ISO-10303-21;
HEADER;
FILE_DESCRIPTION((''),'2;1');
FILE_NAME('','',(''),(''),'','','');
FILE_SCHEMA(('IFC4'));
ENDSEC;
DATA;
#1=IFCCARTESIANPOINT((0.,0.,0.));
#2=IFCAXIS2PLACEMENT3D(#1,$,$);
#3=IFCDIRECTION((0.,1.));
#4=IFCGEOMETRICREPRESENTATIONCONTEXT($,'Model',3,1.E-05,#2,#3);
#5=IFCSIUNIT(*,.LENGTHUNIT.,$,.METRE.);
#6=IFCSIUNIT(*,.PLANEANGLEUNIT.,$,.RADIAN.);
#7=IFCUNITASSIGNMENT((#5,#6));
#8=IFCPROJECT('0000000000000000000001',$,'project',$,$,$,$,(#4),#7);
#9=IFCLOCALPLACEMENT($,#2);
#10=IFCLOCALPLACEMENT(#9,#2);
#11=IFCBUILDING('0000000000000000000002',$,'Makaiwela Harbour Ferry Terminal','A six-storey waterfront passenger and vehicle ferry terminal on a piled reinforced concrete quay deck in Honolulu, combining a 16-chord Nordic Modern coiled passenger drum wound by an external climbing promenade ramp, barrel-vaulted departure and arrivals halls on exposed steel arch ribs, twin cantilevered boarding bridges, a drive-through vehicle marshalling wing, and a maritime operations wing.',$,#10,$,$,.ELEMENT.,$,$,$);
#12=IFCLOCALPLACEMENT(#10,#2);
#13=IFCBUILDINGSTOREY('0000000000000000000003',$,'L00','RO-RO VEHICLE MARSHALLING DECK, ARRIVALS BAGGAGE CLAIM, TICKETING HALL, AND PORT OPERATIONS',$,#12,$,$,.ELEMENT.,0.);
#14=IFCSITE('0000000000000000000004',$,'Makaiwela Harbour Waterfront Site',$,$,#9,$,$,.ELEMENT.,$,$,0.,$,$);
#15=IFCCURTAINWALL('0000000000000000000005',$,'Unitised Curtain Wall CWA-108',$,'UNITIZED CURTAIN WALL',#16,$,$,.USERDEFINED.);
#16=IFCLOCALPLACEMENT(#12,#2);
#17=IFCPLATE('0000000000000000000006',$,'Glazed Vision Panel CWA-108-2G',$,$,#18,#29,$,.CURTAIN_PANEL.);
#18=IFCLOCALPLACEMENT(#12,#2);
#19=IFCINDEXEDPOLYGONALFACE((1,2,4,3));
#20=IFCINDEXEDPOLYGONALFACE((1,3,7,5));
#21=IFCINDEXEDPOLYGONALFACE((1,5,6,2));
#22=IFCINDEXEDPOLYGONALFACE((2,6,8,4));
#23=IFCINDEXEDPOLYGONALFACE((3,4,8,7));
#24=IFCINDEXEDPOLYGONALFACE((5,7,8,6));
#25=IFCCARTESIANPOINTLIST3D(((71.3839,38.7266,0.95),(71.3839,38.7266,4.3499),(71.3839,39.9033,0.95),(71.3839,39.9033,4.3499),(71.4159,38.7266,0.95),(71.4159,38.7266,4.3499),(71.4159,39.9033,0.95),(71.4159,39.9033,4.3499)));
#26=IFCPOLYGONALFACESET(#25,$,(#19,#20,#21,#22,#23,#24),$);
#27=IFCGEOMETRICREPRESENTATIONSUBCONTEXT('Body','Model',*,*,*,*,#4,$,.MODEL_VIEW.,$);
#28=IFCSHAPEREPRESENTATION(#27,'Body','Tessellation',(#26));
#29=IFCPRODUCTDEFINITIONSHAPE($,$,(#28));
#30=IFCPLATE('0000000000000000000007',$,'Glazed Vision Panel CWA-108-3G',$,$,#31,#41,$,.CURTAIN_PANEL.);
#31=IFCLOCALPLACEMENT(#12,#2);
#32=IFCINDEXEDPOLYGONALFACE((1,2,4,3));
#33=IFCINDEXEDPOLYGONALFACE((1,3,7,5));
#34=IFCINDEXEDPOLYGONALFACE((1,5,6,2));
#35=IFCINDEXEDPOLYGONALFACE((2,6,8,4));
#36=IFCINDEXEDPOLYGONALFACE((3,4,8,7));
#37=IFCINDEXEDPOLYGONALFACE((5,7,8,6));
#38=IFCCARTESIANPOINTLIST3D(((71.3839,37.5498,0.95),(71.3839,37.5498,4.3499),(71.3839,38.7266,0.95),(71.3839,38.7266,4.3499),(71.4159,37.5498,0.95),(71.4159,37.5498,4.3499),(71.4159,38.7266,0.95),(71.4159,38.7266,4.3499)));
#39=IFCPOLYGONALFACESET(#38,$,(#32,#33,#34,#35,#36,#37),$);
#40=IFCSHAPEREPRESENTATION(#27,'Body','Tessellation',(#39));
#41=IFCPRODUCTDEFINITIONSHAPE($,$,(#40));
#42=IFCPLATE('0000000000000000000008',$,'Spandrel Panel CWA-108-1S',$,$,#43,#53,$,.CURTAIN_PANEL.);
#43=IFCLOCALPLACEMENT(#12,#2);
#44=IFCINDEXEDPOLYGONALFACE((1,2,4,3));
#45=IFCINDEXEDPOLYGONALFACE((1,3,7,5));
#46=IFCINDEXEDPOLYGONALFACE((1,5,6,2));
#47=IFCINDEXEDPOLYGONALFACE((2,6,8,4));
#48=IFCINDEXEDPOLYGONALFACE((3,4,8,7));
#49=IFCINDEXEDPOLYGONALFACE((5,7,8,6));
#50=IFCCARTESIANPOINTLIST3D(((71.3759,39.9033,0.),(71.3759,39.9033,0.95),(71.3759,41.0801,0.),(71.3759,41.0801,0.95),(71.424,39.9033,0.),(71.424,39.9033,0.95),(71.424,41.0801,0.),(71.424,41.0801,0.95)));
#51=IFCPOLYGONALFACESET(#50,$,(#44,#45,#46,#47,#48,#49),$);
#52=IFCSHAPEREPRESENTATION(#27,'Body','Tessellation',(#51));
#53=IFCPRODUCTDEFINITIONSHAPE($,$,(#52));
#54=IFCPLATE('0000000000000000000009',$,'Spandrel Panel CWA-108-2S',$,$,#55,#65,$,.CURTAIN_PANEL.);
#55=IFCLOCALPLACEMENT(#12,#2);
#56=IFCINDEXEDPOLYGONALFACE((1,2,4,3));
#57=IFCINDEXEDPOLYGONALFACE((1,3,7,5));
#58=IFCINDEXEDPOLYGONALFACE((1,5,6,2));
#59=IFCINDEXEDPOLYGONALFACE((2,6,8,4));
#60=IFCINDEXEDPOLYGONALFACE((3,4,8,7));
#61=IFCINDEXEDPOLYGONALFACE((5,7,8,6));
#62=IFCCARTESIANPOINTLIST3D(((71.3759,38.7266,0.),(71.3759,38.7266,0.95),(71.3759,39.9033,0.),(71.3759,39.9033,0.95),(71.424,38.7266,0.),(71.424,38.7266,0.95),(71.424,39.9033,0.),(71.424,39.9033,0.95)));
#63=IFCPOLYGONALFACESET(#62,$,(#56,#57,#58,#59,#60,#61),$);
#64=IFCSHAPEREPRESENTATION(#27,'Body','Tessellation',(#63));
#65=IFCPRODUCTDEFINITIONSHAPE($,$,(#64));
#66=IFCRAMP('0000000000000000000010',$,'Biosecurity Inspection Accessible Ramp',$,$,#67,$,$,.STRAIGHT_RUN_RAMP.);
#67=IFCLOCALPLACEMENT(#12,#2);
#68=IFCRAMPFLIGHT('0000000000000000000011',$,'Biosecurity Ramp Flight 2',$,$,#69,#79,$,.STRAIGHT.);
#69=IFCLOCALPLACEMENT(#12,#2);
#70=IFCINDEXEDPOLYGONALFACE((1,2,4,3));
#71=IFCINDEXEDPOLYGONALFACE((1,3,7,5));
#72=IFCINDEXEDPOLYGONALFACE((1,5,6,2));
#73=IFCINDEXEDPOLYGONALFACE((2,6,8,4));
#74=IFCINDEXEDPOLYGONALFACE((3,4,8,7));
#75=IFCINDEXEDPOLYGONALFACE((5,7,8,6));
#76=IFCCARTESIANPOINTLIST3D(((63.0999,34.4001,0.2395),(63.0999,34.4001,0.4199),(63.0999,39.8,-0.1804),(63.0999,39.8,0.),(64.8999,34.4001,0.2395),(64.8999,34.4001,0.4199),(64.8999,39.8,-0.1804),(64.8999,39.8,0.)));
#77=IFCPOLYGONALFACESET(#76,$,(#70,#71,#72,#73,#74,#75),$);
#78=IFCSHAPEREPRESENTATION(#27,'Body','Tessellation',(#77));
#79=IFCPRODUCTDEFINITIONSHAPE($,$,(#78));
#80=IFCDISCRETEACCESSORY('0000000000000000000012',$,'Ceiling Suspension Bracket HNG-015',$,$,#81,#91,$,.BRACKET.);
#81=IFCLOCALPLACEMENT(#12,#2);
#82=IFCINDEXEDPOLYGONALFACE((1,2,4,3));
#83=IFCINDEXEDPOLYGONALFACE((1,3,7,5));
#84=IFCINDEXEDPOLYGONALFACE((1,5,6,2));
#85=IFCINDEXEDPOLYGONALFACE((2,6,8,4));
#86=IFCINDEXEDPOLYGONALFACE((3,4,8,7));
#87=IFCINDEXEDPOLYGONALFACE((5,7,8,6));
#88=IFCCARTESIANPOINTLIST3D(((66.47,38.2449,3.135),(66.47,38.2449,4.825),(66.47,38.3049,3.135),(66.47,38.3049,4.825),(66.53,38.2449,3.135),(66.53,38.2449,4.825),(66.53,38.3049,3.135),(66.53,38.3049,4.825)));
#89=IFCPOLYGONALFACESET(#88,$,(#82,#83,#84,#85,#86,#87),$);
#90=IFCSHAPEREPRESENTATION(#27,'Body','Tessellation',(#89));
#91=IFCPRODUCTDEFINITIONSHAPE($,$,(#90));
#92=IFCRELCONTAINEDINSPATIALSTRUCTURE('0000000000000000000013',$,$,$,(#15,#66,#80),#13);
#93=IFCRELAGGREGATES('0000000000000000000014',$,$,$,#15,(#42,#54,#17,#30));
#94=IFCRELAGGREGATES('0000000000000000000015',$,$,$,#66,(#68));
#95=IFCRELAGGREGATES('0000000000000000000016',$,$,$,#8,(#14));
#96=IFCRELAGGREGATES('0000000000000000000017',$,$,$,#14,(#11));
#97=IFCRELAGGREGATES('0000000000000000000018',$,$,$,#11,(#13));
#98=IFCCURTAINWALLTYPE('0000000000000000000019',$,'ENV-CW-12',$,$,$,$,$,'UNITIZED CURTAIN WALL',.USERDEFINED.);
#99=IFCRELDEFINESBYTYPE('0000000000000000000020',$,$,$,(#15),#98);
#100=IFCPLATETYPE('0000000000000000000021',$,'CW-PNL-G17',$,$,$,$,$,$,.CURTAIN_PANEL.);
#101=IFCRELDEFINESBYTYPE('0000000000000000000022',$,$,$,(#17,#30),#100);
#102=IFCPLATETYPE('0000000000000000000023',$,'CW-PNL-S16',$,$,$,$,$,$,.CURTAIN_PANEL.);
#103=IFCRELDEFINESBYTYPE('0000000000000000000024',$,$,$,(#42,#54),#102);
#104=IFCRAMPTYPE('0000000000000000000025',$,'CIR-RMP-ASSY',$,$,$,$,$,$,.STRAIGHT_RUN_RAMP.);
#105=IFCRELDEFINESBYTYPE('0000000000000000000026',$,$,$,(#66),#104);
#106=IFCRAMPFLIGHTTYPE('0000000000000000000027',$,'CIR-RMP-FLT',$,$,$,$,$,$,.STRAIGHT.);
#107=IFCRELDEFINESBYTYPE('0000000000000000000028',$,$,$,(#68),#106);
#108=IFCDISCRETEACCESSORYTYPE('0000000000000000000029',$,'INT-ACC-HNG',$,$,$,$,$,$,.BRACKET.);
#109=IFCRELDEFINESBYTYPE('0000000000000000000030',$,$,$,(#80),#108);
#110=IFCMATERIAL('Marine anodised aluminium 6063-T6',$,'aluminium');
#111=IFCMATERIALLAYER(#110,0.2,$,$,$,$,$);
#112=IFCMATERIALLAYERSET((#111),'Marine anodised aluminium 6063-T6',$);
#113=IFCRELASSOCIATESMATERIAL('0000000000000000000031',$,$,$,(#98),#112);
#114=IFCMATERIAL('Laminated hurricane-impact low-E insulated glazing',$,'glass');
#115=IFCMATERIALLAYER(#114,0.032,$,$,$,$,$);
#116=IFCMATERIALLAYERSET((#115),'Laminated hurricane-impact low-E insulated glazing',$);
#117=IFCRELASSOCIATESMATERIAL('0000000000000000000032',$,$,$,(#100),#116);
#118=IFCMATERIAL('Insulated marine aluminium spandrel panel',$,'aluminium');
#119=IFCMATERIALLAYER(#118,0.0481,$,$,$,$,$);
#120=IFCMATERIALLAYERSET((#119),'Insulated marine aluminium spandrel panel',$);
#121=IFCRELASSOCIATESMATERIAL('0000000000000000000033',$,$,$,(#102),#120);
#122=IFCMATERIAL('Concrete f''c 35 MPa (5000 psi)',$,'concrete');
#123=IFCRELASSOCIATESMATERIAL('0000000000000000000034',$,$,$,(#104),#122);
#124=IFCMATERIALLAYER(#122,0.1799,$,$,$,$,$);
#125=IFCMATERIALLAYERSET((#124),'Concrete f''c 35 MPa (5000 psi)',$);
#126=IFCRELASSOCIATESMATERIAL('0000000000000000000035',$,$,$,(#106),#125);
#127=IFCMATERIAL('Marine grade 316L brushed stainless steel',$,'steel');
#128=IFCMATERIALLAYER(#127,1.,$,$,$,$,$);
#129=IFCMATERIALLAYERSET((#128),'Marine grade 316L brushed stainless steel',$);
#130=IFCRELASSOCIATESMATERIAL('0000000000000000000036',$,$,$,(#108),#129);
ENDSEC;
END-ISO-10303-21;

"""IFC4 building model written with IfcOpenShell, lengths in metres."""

from ifc_helpers import new_model, si_unit, direction, frame, origin, origin_2d, place, context, subcontext, project, spatial, polyline, rectangle, outline, extrude, material, layer, layer_set, type_object, element, aggregate, save


model = new_model("IFC4")

# Units and contexts
model_context = context("Model", 3, precision=1e-05, world=origin(), true_north=direction((0.0, 1.0)))
body_context = subcontext(model_context, "Body", "Model", "MODEL_VIEW")
ifc_project = project(units=[si_unit("LENGTHUNIT", "METRE"), si_unit("PLANEANGLEUNIT", "RADIAN")], contexts=[model_context])

# Site, building, storey
site_placement = place(None, origin())
site = spatial("IfcSite", under=ifc_project, at=site_placement, Name="Makaiwela Harbour Waterfront Site", CompositionType="ELEMENT", RefElevation=0.0)
building_placement = place(site_placement, origin())
building = spatial("IfcBuilding", under=site, at=building_placement, Name="Makaiwela Harbour Ferry Terminal", Description="A six-storey waterfront passenger and vehicle ferry terminal on a piled reinforced concrete quay deck in Honolulu, combining a 16-chord Nordic Modern coiled passenger drum wound by an external climbing promenade ramp, barrel-vaulted departure and arrivals halls on exposed steel arch ribs, twin cantilevered boarding bridges, a drive-through vehicle marshalling wing, and a maritime operations wing.", CompositionType="ELEMENT")
storey_placement = place(building_placement, origin())
storey = spatial("IfcBuildingStorey", under=building, at=storey_placement, Name="L00", Description="RO-RO VEHICLE MARSHALLING DECK, ARRIVALS BAGGAGE CLAIM, TICKETING HALL, AND PORT OPERATIONS", CompositionType="ELEMENT", Elevation=0.0)

# Curtain wall
ifc_material_1 = material(Name="Marine anodised aluminium 6063-T6", Category="aluminium")
ifc_layer_1 = layer(ifc_material_1, 0.2)
ifc_layer_set_1 = layer_set([ifc_layer_1], Name="Marine anodised aluminium 6063-T6")
curtain_wall_type = type_object("IfcCurtainWallType", Name="ENV-CW-12", ElementType="UNITIZED CURTAIN WALL", PredefinedType="USERDEFINED", material=ifc_layer_set_1)
curtain_wall_1_placement = place(storey_placement, origin())
curtain_wall_1 = element("IfcCurtainWall", 1, at=curtain_wall_1_placement, inside=storey, type_object=curtain_wall_type, Name="Unitised Curtain Wall CWA-108", ObjectType="UNITIZED CURTAIN WALL", PredefinedType="USERDEFINED")

# Plates
ifc_material_2 = material(Name="Laminated hurricane-impact low-E insulated glazing", Category="glass")
ifc_layer_2 = layer(ifc_material_2, 0.032)
ifc_layer_set_2 = layer_set([ifc_layer_2], Name="Laminated hurricane-impact low-E insulated glazing")
plate_type_1 = type_object("IfcPlateType", Name="CW-PNL-G17", PredefinedType="CURTAIN_PANEL", material=ifc_layer_set_2)
plate_1_placement = place(storey_placement, frame((71.3999, 39.3149, 0.95), z_axis=(0.0, 0.0, 1.0), x_axis=(0.0, -1.0, 0.0)))
plate_1 = element("IfcPlate", 2, at=plate_1_placement, type_object=plate_type_1, Name="Glazed Vision Panel CWA-108-2G", PredefinedType="CURTAIN_PANEL", context=body_context, shape_type="SweptSolid", body=[
    extrude(rectangle(XDim=1.1768, YDim=0.032, at=origin_2d()), origin(), (0.0, 0.0, 1.0), 3.3999),
])
plate_2_placement = place(storey_placement, frame((71.3999, 38.1382, 0.95), z_axis=(0.0, 0.0, 1.0), x_axis=(0.0, -1.0, 0.0)))
plate_2 = element("IfcPlate", 3, at=plate_2_placement, type_object=plate_type_1, Name="Glazed Vision Panel CWA-108-3G", PredefinedType="CURTAIN_PANEL", context=body_context, shape_type="SweptSolid", body=[
    extrude(rectangle(XDim=1.1768, YDim=0.032, at=origin_2d()), origin(), (0.0, 0.0, 1.0), 3.3999),
])
ifc_material_3 = material(Name="Insulated marine aluminium spandrel panel", Category="aluminium")
ifc_layer_3 = layer(ifc_material_3, 0.0481)
ifc_layer_set_3 = layer_set([ifc_layer_3], Name="Insulated marine aluminium spandrel panel")
plate_type_2 = type_object("IfcPlateType", Name="CW-PNL-S16", PredefinedType="CURTAIN_PANEL", material=ifc_layer_set_3)
plate_3_placement = place(storey_placement, frame((71.3999, 40.4917, 0.0), z_axis=(0.0, 0.0, 1.0), x_axis=(0.0, -1.0, 0.0)))
plate_3 = element("IfcPlate", 4, at=plate_3_placement, type_object=plate_type_2, Name="Spandrel Panel CWA-108-1S", PredefinedType="CURTAIN_PANEL", context=body_context, shape_type="SweptSolid", body=[
    extrude(rectangle(XDim=1.1768, YDim=0.0481, at=origin_2d()), origin(), (0.0, 0.0, 1.0), 0.95),
])
plate_4_placement = place(storey_placement, frame((71.3999, 39.3149, 0.0), z_axis=(0.0, 0.0, 1.0), x_axis=(0.0, -1.0, 0.0)))
plate_4 = element("IfcPlate", 5, at=plate_4_placement, type_object=plate_type_2, Name="Spandrel Panel CWA-108-2S", PredefinedType="CURTAIN_PANEL", context=body_context, shape_type="SweptSolid", body=[
    extrude(rectangle(XDim=1.1768, YDim=0.0481, at=origin_2d()), origin(), (0.0, 0.0, 1.0), 0.95),
])
aggregate(curtain_wall_1, [plate_3, plate_4, plate_1, plate_2])

# Ramp, ramp flight
ifc_material_4 = material(Name="Concrete f'c 35 MPa (5000 psi)", Category="concrete")
ramp_type = type_object("IfcRampType", Name="CIR-RMP-ASSY", PredefinedType="STRAIGHT_RUN_RAMP", material=ifc_material_4)
ramp_placement = place(storey_placement, origin())
ramp = element("IfcRamp", 6, at=ramp_placement, inside=storey, type_object=ramp_type, Name="Biosecurity Inspection Accessible Ramp", PredefinedType="STRAIGHT_RUN_RAMP")
ifc_layer_4 = layer(ifc_material_4, 0.1799)
ifc_layer_set_4 = layer_set([ifc_layer_4], Name="Concrete f'c 35 MPa (5000 psi)")
ramp_flight_type = type_object("IfcRampFlightType", Name="CIR-RMP-FLT", PredefinedType="STRAIGHT", material=ifc_layer_set_4)
ramp_flight_placement = place(storey_placement, frame((64.0, 39.8, 0.0), z_axis=(0.0, 0.0, 1.0), x_axis=(0.0, -1.0, 0.0)))
ramp_flight = element("IfcRampFlight", 7, at=ramp_flight_placement, type_object=ramp_flight_type, Name="Biosecurity Ramp Flight 2", PredefinedType="STRAIGHT", context=body_context, shape_type="SweptSolid", body=[
    extrude(outline(polyline([(0.0, 0.0), (5.3999, 0.4199), (5.3999, 0.2395), (0.0, -0.1804), (0.0, 0.0)])), frame((0.0, 0.8999, 0.0), z_axis=(0.0, -1.0, 0.0), x_axis=(1.0, 0.0, 0.0)), (0.0, 0.0, 1.0), 1.8),
])
aggregate(ramp, [ramp_flight])

# Discrete accessory
ifc_material_5 = material(Name="Marine grade 316L brushed stainless steel", Category="steel")
ifc_layer_5 = layer(ifc_material_5, 1.0)
ifc_layer_set_5 = layer_set([ifc_layer_5], Name="Marine grade 316L brushed stainless steel")
discrete_accessory_type = type_object("IfcDiscreteAccessoryType", Name="INT-ACC-HNG", PredefinedType="BRACKET", material=ifc_layer_set_5)
discrete_accessory_placement = place(storey_placement, frame((66.5, 38.2749, 3.135), z_axis=(0.0, 0.0, 1.0), x_axis=(1.0, 0.0, 0.0)))
element("IfcDiscreteAccessory", 8, at=discrete_accessory_placement, inside=storey, type_object=discrete_accessory_type, Name="Ceiling Suspension Bracket HNG-015", PredefinedType="BRACKET", context=body_context, shape_type="SweptSolid", body=[
    extrude(rectangle(XDim=0.0601, YDim=0.0601, at=origin_2d()), origin(), (0.0, 0.0, 1.0), 1.6899),
])

save(model, "model.ifc")
